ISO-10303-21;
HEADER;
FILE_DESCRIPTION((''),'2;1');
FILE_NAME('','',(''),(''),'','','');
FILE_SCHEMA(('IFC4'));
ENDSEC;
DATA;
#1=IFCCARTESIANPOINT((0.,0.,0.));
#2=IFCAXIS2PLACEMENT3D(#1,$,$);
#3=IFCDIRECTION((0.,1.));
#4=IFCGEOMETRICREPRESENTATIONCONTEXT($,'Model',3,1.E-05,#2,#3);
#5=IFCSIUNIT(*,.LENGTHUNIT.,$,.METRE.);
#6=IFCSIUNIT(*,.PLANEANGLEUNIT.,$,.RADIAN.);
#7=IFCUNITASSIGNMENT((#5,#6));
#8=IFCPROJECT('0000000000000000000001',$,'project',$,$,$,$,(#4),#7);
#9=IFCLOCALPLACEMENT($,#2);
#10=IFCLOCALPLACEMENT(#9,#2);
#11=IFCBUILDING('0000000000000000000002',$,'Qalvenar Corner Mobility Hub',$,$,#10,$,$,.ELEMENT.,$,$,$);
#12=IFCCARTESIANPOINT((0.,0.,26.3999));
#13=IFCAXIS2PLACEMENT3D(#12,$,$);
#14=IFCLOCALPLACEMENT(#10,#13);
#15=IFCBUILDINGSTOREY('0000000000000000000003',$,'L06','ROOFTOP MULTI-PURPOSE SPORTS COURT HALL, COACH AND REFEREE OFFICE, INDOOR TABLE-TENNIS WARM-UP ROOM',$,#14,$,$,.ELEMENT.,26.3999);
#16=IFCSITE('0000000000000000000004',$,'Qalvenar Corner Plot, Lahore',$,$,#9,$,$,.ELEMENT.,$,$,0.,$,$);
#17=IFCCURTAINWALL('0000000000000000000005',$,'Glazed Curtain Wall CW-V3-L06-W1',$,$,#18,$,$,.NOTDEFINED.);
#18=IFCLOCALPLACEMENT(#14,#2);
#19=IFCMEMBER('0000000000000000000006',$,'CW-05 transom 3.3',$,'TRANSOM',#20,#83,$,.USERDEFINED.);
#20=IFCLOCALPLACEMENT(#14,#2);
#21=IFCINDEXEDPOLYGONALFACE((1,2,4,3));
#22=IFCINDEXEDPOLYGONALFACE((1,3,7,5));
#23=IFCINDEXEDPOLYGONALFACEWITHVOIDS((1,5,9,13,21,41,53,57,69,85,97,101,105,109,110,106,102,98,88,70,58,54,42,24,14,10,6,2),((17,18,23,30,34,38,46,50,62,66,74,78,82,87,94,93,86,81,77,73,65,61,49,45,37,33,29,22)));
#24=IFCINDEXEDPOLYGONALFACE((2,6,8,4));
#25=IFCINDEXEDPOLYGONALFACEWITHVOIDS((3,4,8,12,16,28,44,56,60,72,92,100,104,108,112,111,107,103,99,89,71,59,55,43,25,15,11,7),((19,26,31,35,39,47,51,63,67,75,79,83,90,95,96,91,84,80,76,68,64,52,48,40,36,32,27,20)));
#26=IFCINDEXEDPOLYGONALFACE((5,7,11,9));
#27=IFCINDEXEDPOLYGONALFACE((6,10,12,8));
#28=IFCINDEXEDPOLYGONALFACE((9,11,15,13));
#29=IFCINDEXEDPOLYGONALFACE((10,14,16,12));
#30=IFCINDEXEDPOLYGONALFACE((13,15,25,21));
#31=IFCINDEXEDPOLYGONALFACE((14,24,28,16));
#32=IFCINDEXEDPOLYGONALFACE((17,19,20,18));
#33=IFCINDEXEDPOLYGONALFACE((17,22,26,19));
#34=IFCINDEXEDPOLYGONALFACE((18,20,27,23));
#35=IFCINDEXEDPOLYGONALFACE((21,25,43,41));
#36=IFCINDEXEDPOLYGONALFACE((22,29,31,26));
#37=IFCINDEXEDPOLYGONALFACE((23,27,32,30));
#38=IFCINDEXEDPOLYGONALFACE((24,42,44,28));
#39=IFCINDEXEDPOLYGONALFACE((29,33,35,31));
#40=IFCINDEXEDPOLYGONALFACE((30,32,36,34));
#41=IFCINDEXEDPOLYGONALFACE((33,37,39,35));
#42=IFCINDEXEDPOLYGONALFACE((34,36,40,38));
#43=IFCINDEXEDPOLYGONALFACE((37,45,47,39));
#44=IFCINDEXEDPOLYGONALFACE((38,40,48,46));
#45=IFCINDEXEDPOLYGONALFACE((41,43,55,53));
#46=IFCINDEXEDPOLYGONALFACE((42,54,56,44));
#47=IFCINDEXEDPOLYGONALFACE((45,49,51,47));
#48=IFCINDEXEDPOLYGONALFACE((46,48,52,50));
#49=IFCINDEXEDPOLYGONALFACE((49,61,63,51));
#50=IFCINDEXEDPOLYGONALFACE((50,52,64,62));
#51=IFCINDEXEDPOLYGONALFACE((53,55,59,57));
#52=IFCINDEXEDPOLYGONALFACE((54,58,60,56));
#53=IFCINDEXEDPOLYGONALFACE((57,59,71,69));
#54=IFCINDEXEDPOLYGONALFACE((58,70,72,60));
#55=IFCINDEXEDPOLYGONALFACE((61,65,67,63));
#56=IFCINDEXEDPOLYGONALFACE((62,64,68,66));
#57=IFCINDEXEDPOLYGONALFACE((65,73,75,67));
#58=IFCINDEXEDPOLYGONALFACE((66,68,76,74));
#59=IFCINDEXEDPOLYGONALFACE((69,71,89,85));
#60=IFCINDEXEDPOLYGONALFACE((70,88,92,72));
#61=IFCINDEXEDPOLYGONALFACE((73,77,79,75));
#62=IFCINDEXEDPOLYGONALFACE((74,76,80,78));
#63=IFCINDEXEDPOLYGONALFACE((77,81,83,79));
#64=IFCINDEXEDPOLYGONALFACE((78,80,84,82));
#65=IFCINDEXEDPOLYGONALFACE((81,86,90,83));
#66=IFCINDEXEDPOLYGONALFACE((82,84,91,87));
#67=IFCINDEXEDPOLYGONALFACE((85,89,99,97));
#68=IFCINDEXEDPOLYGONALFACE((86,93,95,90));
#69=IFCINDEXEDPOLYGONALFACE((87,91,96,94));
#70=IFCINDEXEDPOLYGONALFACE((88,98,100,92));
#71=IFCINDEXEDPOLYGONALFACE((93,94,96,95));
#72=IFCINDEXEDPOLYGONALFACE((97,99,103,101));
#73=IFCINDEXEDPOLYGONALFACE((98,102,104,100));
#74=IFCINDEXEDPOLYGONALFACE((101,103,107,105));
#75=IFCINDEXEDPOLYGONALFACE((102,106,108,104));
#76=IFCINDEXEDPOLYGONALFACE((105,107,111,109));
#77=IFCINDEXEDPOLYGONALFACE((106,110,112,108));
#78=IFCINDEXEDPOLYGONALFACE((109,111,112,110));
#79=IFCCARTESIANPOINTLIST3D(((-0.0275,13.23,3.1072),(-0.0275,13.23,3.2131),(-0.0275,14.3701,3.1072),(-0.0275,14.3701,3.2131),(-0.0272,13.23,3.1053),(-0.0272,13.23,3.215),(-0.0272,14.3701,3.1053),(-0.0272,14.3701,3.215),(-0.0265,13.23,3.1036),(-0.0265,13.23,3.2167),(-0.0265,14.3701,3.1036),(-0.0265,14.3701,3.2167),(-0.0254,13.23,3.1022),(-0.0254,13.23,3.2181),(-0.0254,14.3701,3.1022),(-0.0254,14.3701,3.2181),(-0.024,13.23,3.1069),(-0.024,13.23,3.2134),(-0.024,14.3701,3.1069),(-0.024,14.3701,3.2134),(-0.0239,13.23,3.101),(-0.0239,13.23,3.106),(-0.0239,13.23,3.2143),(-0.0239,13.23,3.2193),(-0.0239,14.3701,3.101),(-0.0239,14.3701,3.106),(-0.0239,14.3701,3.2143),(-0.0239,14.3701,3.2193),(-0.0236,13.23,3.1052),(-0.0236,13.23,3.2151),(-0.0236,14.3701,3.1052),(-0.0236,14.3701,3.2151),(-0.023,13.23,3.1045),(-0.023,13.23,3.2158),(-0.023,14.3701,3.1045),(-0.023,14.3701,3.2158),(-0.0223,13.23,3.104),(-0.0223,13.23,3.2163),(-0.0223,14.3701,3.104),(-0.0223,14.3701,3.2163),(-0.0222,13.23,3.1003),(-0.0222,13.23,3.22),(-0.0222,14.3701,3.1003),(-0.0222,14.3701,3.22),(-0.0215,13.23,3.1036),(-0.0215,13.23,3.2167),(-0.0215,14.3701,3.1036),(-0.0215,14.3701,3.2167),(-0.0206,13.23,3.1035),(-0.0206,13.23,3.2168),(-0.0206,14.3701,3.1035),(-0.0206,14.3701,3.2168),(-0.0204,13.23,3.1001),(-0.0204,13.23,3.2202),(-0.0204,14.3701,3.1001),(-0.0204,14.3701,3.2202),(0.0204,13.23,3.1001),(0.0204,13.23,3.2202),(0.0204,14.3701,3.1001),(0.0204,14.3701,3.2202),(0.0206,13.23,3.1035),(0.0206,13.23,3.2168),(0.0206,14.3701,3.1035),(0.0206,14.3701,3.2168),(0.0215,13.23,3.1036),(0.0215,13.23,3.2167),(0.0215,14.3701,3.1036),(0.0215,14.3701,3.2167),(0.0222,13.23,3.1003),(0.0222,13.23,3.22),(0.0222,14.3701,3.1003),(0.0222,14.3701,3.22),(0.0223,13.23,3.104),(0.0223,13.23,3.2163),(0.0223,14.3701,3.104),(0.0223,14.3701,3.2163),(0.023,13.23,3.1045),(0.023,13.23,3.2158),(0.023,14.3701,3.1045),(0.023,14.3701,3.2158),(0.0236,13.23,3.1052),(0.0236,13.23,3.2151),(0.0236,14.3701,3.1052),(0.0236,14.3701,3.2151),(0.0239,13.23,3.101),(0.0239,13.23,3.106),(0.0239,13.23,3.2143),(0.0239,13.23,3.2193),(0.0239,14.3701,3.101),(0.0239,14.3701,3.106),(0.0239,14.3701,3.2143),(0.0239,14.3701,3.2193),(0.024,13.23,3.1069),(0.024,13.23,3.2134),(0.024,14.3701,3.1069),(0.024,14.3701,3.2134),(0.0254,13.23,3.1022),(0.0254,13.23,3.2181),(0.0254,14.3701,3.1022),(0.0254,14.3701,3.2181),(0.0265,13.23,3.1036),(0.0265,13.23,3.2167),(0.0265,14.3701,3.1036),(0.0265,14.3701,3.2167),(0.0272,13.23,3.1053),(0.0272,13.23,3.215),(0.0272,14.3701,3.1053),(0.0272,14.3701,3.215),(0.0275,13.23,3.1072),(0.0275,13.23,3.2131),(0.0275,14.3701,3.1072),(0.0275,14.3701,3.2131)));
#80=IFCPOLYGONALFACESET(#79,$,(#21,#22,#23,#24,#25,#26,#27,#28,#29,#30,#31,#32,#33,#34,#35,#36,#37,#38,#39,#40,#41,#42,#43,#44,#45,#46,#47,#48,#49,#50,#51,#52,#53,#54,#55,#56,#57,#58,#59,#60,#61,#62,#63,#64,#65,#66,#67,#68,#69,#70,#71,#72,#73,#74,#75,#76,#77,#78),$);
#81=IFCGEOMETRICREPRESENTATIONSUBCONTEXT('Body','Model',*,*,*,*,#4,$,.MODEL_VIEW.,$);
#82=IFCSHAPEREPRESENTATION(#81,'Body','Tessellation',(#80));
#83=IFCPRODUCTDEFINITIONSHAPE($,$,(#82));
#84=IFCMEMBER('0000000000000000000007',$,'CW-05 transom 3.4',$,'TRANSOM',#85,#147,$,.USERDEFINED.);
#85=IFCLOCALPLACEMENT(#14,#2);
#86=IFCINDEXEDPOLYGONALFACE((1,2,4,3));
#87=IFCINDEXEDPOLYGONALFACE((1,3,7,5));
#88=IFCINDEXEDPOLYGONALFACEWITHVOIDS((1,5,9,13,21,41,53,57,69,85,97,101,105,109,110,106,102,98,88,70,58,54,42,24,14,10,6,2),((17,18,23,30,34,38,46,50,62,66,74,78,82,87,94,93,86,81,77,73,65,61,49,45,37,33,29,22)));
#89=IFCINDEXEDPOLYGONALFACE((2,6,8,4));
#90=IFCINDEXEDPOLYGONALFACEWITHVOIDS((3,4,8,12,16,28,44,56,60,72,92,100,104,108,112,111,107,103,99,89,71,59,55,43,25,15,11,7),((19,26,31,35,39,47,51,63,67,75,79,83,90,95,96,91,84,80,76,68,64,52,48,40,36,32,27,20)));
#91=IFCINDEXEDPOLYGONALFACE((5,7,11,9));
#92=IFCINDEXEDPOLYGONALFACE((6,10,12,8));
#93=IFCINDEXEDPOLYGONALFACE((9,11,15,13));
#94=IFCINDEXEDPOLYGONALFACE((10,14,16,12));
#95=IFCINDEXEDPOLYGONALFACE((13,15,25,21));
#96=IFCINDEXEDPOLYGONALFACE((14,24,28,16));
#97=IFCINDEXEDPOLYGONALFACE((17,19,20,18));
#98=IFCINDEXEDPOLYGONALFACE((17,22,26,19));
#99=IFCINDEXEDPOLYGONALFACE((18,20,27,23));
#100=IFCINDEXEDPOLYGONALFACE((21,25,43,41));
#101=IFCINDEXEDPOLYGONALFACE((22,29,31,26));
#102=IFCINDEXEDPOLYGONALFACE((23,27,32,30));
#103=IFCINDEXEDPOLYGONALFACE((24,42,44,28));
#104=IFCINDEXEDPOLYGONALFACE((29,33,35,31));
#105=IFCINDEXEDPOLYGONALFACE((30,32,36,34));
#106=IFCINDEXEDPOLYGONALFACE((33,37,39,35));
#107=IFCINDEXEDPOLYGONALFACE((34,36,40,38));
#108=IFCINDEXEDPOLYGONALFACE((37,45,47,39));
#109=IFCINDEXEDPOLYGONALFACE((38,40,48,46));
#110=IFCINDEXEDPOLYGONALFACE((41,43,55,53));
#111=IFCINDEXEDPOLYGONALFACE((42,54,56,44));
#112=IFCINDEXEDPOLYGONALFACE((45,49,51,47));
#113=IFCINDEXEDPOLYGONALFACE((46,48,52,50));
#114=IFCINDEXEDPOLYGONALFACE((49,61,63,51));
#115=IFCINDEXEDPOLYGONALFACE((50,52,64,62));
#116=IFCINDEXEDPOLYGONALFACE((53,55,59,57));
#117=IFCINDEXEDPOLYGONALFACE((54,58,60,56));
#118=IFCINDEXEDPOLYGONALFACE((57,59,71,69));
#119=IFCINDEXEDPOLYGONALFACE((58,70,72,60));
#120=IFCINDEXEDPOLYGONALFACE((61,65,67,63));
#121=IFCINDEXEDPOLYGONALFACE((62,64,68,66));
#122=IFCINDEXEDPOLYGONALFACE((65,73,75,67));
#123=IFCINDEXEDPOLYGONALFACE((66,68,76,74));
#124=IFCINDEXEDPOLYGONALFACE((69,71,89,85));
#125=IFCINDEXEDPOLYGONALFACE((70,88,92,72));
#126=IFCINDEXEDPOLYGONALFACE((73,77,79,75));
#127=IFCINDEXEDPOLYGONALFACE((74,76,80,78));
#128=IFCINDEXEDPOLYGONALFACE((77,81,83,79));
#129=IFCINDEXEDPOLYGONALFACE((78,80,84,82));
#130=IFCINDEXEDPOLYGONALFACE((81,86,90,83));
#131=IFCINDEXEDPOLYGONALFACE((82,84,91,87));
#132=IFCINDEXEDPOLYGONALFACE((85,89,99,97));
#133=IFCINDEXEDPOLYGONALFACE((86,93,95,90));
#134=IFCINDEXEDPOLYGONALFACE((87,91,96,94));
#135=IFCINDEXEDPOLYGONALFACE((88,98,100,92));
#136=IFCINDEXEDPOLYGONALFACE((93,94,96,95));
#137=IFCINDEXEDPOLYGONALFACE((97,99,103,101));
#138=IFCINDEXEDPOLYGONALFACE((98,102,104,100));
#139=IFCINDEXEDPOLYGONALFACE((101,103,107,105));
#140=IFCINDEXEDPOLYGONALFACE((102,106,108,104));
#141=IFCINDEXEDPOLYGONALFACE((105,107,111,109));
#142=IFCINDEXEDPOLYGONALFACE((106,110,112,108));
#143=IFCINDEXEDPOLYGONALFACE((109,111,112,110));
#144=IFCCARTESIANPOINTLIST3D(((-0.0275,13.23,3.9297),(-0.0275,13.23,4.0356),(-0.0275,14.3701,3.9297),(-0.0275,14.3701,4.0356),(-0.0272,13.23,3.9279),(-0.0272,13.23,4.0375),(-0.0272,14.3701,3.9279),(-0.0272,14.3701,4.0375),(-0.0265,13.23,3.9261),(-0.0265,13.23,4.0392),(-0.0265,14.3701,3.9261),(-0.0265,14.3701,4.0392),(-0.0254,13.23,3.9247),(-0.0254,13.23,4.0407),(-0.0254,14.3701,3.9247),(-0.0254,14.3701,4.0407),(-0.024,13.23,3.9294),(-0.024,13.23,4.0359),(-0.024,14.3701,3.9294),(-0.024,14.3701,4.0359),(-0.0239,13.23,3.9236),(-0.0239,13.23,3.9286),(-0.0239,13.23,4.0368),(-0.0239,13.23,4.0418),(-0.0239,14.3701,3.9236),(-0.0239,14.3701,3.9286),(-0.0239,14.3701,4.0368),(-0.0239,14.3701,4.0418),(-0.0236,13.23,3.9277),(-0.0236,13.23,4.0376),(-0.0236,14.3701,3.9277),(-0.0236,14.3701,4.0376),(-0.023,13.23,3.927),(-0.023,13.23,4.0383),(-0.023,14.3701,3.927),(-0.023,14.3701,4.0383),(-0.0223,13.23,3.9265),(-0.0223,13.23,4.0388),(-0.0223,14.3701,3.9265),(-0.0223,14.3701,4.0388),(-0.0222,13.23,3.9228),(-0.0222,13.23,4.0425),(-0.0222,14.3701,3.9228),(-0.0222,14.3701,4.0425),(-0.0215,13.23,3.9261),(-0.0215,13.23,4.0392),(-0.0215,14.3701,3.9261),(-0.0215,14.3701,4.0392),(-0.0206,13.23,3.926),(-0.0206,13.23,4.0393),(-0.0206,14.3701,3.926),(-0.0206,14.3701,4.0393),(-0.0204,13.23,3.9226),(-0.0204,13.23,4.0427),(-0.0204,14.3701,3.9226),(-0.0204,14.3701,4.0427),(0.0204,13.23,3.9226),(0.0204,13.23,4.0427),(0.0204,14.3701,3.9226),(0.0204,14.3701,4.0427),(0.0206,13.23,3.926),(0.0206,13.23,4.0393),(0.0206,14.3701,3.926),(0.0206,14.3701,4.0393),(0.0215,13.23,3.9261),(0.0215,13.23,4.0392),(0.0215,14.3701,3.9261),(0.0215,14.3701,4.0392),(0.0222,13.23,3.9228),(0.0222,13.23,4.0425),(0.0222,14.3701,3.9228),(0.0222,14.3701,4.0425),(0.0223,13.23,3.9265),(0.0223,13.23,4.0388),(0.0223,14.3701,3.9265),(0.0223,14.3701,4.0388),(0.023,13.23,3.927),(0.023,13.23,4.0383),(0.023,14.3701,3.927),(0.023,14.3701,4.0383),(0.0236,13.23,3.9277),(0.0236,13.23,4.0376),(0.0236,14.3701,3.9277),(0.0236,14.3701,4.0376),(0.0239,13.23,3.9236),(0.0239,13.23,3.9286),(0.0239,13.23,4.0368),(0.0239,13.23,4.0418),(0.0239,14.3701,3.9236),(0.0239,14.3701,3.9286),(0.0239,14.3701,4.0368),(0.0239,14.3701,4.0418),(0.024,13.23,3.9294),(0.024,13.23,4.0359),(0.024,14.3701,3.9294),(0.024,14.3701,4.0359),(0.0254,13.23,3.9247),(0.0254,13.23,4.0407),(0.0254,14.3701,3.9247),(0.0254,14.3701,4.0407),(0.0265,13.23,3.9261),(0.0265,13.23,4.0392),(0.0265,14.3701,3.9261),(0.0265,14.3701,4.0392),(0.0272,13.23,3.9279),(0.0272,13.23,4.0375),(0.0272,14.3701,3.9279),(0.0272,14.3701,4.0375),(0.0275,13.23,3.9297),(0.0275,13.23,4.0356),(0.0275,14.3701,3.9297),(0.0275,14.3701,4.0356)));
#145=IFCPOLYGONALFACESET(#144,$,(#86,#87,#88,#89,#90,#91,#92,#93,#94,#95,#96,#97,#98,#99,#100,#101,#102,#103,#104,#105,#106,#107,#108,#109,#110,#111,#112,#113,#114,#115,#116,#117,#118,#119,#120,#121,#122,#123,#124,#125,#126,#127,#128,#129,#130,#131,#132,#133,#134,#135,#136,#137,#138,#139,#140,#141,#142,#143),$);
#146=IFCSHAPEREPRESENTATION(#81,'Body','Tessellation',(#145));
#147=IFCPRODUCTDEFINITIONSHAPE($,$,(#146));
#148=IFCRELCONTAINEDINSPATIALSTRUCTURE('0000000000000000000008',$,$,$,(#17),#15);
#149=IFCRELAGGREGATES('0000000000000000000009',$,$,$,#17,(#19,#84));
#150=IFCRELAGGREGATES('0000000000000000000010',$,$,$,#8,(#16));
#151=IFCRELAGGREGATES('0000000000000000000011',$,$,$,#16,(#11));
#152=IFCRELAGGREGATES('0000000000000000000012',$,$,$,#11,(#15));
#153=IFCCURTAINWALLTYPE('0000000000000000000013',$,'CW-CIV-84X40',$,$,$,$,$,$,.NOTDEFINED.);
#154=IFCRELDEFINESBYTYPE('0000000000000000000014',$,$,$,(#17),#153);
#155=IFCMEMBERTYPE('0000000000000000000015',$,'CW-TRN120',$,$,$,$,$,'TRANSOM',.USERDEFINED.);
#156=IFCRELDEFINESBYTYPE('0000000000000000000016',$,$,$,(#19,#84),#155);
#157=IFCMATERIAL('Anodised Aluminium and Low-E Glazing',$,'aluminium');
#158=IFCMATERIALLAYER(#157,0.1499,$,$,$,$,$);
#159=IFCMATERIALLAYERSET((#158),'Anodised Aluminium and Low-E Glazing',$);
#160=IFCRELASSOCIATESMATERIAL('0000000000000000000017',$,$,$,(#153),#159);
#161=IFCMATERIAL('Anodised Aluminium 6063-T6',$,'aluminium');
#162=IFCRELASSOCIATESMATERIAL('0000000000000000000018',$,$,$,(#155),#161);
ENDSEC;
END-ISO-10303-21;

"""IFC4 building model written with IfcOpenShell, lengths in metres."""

from ifc_helpers import new_model, si_unit, direction, frame, origin, origin_2d, place, context, subcontext, project, spatial, hollow_rectangle, extrude, material, layer, layer_set, material_profile, profile_set, type_object, element, aggregate, save


model = new_model("IFC4")

# Units and contexts
model_context = context("Model", 3, precision=1e-05, world=origin(), true_north=direction((0.0, 1.0)))
body_context = subcontext(model_context, "Body", "Model", "MODEL_VIEW")
ifc_project = project(units=[si_unit("LENGTHUNIT", "METRE"), si_unit("PLANEANGLEUNIT", "RADIAN")], contexts=[model_context])

# Site, building, storey
site_placement = place(None, origin())
site = spatial("IfcSite", under=ifc_project, at=site_placement, Name="Qalvenar Corner Plot, Lahore", CompositionType="ELEMENT", RefElevation=0.0)
building_placement = place(site_placement, origin())
building = spatial("IfcBuilding", under=site, at=building_placement, Name="Qalvenar Corner Mobility Hub", CompositionType="ELEMENT")
storey_placement = place(building_placement, frame((0.0, 0.0, 26.3999)))
storey = spatial("IfcBuildingStorey", under=building, at=storey_placement, Name="L06", Description="ROOFTOP MULTI-PURPOSE SPORTS COURT HALL, COACH AND REFEREE OFFICE, INDOOR TABLE-TENNIS WARM-UP ROOM", CompositionType="ELEMENT", Elevation=26.3999)

# Curtain wall, members
ifc_material_1 = material(Name="Anodised Aluminium and Low-E Glazing", Category="aluminium")
ifc_material_2 = material(Name="Anodised Aluminium 6063-T6", Category="aluminium")
ifc_layer_1 = layer(ifc_material_1, 0.1499)
ifc_layer_set_1 = layer_set([ifc_layer_1], Name="Anodised Aluminium and Low-E Glazing")
curtain_wall_type_1 = type_object("IfcCurtainWallType", Name="CW-CIV-84X40", PredefinedType="NOTDEFINED", material=ifc_layer_set_1)
curtain_wall_1_placement = place(storey_placement, origin())
curtain_wall_1 = element("IfcCurtainWall", 1, at=curtain_wall_1_placement, inside=storey, type_object=curtain_wall_type_1, Name="Glazed Curtain Wall CW-V3-L06-W1", PredefinedType="NOTDEFINED")
ifc_material_profile_1 = material_profile(ifc_material_2, hollow_rectangle(XDim=0.0549, YDim=0.1201, WallThickness=0.0034, InnerFilletRadius=0.0034, OuterFilletRadius=0.0071, at=origin_2d()), Name="RHS120x55x3.5")
ifc_profile_set_1 = profile_set([ifc_material_profile_1], Name="Anodised Aluminium 6063-T6")
member_type_1 = type_object("IfcMemberType", Name="CW-TRN120", ElementType="TRANSOM", PredefinedType="USERDEFINED", material=ifc_profile_set_1)
member_1_placement = place(storey_placement, frame((0.0, 14.3701, 3.1602), z_axis=(0.0, -1.0, 0.0), x_axis=(1.0, 0.0, 0.0)))
member_1 = element("IfcMember", 2, at=member_1_placement, type_object=member_type_1, Name="CW-05 transom 3.3", ObjectType="TRANSOM", PredefinedType="USERDEFINED", context=body_context, shape_type="SweptSolid", body=[
    extrude(hollow_rectangle(XDim=0.0549, YDim=0.1201, WallThickness=0.0034, InnerFilletRadius=0.0034, OuterFilletRadius=0.0071, at=origin_2d()), origin(), (0.0, 0.0, 1.0), 1.1401),
])
member_2_placement = place(storey_placement, frame((0.0, 14.3701, 3.9827), z_axis=(0.0, -1.0, 0.0), x_axis=(1.0, 0.0, 0.0)))
member_2 = element("IfcMember", 3, at=member_2_placement, type_object=member_type_1, Name="CW-05 transom 3.4", ObjectType="TRANSOM", PredefinedType="USERDEFINED", context=body_context, shape_type="SweptSolid", body=[
    extrude(hollow_rectangle(XDim=0.0549, YDim=0.1201, WallThickness=0.0034, InnerFilletRadius=0.0034, OuterFilletRadius=0.0071, at=origin_2d()), origin(), (0.0, 0.0, 1.0), 1.1401),
])

aggregate(curtain_wall_1, [member_1, member_2])

save(model, "model.ifc")
